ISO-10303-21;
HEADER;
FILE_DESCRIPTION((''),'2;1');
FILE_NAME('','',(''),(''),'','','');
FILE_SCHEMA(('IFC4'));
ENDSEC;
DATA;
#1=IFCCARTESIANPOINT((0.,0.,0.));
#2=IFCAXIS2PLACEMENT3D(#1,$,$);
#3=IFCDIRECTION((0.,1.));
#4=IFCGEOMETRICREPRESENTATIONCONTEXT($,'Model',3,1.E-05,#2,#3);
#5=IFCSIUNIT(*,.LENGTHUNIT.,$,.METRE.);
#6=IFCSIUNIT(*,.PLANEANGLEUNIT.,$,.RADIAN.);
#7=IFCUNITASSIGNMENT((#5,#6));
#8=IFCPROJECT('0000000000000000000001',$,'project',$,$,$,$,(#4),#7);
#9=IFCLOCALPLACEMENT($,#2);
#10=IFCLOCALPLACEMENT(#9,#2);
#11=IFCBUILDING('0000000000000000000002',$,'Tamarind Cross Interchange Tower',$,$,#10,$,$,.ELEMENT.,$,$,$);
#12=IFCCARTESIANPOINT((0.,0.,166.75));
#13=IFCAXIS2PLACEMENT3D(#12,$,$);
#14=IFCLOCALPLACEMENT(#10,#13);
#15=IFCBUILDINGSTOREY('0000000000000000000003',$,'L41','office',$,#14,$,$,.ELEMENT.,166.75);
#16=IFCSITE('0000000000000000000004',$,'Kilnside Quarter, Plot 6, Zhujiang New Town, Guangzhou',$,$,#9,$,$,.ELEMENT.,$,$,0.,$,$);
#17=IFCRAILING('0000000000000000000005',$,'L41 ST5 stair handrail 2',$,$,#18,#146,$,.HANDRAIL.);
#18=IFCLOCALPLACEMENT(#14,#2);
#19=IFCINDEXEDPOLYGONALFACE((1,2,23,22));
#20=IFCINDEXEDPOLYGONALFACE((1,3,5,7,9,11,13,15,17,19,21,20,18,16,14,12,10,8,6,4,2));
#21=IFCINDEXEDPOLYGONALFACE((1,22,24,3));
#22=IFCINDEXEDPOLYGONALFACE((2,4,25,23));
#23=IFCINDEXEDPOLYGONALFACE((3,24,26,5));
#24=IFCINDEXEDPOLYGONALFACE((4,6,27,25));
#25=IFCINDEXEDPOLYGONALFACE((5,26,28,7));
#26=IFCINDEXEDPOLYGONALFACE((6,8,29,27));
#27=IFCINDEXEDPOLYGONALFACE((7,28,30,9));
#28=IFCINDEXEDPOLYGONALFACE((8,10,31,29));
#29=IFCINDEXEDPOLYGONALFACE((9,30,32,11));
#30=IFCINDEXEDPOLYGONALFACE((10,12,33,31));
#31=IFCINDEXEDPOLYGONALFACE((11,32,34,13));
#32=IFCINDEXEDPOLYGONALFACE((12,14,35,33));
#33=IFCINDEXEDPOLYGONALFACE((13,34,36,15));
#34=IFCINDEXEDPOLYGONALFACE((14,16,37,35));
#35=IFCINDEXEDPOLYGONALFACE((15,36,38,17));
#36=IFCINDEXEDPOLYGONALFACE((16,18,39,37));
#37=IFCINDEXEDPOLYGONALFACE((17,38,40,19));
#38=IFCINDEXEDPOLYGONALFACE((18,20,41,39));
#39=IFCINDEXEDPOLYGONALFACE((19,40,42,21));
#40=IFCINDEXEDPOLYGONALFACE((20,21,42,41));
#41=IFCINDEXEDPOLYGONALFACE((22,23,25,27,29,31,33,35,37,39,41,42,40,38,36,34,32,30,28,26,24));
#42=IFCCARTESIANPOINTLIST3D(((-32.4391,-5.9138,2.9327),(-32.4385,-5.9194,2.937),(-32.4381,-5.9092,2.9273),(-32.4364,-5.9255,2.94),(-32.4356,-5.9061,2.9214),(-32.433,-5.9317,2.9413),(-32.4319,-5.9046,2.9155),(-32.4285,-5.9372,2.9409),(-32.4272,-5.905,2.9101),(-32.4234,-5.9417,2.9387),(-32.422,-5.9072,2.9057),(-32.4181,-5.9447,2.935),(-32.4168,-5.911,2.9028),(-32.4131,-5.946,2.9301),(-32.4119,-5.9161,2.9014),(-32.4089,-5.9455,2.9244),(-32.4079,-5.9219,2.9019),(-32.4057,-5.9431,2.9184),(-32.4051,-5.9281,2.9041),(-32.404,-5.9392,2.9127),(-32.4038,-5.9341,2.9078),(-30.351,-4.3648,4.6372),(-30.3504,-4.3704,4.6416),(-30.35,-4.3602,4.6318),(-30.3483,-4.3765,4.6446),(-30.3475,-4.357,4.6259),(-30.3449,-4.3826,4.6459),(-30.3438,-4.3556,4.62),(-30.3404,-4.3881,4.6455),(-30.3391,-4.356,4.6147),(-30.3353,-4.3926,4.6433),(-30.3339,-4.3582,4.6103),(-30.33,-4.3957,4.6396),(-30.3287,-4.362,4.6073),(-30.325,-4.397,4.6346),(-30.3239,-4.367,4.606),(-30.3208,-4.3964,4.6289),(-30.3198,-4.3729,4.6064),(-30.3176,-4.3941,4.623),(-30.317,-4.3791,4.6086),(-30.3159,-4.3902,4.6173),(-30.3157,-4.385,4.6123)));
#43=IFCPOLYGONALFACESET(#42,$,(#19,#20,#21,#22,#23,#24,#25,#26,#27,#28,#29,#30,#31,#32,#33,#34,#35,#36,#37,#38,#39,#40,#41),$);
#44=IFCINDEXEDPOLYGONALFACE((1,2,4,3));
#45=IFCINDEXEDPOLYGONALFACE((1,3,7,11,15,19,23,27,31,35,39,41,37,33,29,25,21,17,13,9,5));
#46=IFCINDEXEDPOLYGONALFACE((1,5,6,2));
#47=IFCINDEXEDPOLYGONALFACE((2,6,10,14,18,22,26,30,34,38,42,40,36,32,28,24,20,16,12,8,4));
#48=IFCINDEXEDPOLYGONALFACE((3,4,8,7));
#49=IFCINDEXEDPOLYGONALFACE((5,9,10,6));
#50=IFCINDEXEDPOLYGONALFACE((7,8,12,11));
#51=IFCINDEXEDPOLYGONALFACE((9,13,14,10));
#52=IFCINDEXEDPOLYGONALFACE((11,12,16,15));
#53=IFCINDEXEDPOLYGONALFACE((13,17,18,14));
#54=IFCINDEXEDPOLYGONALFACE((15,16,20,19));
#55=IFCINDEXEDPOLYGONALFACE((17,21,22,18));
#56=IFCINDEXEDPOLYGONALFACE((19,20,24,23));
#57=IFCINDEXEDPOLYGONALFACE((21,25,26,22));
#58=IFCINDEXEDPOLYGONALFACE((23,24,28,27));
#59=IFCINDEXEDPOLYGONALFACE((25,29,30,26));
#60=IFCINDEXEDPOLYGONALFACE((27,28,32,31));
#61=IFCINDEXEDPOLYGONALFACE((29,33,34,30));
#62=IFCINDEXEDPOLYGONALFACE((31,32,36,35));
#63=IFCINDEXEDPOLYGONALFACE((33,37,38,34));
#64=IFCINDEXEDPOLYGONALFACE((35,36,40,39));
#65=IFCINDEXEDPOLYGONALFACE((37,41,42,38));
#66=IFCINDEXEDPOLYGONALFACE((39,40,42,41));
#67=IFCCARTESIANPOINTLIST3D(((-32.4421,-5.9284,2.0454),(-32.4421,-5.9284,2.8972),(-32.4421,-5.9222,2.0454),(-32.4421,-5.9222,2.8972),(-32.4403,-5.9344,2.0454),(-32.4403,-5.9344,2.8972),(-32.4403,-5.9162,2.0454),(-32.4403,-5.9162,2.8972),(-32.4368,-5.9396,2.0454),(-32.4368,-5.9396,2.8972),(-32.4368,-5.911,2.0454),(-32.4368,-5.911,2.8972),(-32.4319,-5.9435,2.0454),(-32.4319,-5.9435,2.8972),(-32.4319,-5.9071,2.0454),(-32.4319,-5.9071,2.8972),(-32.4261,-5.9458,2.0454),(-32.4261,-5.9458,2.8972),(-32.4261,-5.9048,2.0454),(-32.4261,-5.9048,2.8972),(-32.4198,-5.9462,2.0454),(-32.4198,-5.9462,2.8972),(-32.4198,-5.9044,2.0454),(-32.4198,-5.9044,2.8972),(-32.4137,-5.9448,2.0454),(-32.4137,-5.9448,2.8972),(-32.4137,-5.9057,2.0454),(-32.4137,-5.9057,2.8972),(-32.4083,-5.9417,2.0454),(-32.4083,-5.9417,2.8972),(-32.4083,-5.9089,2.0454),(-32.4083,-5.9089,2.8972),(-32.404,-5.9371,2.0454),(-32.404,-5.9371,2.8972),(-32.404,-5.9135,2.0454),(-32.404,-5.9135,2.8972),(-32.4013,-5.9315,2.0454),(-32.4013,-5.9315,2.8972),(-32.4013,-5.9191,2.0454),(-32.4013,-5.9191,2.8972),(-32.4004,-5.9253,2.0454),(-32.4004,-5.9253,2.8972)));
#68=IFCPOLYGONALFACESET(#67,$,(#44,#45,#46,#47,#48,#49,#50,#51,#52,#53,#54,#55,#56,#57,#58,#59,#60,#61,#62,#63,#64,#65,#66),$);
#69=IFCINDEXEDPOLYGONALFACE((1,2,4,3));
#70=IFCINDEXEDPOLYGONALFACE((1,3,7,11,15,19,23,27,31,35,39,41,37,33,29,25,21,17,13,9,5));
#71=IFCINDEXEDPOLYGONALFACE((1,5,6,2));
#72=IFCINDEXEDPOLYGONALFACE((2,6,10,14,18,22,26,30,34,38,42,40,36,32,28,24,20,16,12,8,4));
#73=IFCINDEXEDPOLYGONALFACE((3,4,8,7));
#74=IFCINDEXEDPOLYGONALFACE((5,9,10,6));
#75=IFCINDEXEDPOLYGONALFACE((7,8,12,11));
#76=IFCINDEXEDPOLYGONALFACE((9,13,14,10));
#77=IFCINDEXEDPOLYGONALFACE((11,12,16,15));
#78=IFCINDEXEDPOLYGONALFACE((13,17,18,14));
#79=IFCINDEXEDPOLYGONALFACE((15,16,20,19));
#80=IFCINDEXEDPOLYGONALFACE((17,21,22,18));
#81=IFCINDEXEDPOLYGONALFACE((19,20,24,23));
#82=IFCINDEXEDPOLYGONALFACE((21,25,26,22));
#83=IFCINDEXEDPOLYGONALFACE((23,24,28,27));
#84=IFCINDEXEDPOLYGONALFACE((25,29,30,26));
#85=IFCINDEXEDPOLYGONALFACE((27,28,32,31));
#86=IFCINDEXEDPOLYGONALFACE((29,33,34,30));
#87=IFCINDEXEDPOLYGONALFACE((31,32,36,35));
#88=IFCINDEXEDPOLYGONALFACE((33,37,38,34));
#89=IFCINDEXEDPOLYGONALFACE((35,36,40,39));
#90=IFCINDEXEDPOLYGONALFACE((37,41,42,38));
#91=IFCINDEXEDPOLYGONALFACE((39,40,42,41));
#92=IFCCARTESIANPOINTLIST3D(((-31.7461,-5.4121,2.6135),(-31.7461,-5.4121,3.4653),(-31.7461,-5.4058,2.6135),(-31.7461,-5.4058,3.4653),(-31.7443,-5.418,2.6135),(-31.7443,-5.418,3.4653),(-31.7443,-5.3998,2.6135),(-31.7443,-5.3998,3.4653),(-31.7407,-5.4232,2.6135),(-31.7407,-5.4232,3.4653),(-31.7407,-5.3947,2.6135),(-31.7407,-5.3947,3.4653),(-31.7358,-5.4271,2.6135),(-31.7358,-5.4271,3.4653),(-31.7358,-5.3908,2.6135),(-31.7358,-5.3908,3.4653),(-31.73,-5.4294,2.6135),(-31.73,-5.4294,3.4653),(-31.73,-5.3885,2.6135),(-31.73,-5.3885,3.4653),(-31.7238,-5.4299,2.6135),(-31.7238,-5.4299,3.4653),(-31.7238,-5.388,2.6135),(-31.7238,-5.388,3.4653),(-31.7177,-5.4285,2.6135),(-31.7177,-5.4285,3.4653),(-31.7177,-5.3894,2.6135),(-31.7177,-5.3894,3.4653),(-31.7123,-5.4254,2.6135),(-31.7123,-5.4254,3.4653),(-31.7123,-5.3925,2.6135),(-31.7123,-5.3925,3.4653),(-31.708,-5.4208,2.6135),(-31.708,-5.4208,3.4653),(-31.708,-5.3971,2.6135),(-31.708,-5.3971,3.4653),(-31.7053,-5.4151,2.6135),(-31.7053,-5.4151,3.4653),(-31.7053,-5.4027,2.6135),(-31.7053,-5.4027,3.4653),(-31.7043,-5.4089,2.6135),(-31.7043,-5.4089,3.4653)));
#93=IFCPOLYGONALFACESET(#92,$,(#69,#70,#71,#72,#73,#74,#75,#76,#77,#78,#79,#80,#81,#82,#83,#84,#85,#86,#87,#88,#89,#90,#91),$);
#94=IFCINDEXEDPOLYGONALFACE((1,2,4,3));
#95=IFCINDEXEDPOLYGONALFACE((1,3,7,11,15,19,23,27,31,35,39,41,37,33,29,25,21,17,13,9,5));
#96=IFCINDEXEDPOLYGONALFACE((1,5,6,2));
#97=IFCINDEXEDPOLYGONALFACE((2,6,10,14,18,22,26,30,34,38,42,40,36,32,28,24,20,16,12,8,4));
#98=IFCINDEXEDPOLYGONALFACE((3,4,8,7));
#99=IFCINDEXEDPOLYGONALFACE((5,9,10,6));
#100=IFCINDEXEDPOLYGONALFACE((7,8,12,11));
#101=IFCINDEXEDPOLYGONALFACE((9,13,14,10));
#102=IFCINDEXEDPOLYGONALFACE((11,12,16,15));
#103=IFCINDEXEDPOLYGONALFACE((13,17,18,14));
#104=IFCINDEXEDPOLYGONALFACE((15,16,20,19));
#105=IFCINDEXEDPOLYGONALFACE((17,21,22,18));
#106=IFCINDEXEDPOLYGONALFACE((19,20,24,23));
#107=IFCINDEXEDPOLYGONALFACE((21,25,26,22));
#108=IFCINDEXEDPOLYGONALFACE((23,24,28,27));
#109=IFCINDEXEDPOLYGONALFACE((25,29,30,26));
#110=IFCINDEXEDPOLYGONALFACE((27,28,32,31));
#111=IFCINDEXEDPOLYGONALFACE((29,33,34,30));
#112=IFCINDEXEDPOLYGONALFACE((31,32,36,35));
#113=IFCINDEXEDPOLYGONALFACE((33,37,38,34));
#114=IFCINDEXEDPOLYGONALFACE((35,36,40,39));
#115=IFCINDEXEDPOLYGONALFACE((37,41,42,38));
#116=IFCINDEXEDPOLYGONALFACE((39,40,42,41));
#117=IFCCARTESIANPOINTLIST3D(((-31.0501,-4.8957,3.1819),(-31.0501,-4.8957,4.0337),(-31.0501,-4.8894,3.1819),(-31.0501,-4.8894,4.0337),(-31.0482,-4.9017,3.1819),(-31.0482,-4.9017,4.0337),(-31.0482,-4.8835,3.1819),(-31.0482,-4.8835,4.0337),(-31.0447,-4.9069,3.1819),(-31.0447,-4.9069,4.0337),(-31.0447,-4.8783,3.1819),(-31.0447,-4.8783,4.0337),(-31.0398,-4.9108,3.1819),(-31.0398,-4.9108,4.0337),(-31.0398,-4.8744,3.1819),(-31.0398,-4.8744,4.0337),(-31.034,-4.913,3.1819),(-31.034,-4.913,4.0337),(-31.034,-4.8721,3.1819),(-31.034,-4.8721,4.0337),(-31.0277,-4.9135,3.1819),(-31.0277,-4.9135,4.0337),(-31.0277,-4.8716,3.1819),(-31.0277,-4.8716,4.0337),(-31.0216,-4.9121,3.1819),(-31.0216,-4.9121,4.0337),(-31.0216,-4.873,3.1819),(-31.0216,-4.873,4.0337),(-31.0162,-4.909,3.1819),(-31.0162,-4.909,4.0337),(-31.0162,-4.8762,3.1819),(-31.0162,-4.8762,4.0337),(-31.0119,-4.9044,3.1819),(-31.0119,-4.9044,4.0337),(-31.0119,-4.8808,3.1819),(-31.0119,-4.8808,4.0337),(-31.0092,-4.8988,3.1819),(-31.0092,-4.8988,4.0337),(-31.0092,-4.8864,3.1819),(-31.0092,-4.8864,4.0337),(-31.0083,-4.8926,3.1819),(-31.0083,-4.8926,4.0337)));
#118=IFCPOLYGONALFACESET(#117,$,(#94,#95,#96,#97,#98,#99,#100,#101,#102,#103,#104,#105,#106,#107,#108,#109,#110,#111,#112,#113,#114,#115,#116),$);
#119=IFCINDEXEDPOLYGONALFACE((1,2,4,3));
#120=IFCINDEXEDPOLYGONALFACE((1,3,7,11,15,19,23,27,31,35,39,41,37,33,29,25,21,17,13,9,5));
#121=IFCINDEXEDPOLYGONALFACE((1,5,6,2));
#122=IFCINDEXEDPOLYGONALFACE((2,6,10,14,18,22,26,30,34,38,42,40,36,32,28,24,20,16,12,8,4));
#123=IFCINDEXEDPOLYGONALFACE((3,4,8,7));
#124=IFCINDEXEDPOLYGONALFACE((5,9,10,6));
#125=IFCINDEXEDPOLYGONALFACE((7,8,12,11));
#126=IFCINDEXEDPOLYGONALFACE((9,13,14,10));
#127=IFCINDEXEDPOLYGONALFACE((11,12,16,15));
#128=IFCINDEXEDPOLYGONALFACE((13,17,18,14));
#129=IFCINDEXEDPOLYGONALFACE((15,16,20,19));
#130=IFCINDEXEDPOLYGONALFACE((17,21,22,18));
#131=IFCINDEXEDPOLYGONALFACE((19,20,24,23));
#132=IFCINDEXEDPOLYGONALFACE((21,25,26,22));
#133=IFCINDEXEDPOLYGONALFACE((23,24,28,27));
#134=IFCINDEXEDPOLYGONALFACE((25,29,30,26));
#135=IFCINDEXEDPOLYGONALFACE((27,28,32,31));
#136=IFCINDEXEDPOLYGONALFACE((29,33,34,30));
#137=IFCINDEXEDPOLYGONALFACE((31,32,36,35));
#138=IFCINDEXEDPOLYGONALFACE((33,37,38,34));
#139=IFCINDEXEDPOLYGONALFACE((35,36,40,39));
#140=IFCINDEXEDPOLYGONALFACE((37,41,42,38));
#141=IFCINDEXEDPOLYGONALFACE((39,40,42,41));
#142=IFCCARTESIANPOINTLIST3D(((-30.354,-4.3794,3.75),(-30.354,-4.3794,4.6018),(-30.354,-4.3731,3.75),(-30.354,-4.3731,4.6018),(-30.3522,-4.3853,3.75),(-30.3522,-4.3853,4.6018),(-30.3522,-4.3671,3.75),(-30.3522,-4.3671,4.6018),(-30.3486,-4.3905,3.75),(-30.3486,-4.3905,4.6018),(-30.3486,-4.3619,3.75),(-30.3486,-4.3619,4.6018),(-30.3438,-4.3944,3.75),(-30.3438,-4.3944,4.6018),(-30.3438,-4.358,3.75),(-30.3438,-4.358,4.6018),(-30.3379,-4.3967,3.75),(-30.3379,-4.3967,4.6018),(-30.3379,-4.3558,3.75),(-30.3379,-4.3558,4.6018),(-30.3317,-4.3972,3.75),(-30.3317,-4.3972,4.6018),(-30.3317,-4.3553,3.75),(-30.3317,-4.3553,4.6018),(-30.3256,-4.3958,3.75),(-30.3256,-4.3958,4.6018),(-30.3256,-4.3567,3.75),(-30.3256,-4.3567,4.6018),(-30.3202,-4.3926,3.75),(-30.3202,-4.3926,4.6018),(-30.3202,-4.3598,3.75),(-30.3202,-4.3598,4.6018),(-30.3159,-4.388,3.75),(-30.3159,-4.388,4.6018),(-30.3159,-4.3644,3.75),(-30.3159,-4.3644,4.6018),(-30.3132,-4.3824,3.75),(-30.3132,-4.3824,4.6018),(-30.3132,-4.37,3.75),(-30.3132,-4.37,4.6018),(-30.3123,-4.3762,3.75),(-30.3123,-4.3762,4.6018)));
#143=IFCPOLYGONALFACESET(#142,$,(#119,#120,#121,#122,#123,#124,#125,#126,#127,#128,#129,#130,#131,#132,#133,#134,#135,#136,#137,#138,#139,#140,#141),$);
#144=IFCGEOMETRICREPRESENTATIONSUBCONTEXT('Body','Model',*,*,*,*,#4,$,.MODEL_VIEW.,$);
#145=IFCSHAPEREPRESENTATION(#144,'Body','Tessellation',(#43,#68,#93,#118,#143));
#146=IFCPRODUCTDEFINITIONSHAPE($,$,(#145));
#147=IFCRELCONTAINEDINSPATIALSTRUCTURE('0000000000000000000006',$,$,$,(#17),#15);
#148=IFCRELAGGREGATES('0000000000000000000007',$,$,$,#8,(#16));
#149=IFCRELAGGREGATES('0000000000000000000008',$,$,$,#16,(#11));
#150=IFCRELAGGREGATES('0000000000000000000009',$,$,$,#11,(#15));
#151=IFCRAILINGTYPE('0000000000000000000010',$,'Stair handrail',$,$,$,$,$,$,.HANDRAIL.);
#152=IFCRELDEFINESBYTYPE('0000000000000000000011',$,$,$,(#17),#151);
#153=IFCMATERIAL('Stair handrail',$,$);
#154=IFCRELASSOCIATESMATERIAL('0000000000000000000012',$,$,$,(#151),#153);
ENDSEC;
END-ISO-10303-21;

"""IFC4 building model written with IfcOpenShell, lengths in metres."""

from ifc_helpers import new_model, si_unit, direction, frame, origin, origin_2d, place, context, subcontext, project, spatial, circle, extrude, material, type_object, element, save


model = new_model("IFC4")

# Units and contexts
model_context = context("Model", 3, precision=1e-05, world=origin(), true_north=direction((0.0, 1.0)))
body_context = subcontext(model_context, "Body", "Model", "MODEL_VIEW")
ifc_project = project(units=[si_unit("LENGTHUNIT", "METRE"), si_unit("PLANEANGLEUNIT", "RADIAN")], contexts=[model_context])

# Site, building, storey
site_placement = place(None, origin())
site = spatial("IfcSite", under=ifc_project, at=site_placement, Name="Kilnside Quarter, Plot 6, Zhujiang New Town, Guangzhou", CompositionType="ELEMENT", RefElevation=0.0)
building_placement = place(site_placement, origin())
building = spatial("IfcBuilding", under=site, at=building_placement, Name="Tamarind Cross Interchange Tower", CompositionType="ELEMENT")
storey_placement = place(building_placement, frame((0.0, 0.0, 166.75)))
storey = spatial("IfcBuildingStorey", under=building, at=storey_placement, Name="L41", Description="office", CompositionType="ELEMENT", Elevation=166.75)

# Railing
ifc_material_1 = material(Name="Stair handrail")
railing_type_1 = type_object("IfcRailingType", Name="Stair handrail", PredefinedType="HANDRAIL", material=ifc_material_1)
railing_1_placement = place(storey_placement, frame((-32.4214, -5.9253, 2.0454)))
element("IfcRailing", 1, at=railing_1_placement, inside=storey, type_object=railing_type_1, Name="L41 ST5 stair handrail 2", PredefinedType="HANDRAIL", context=body_context, shape_type="SweptSolid", body=[
    extrude(circle(Radius=0.0239, at=origin_2d()), frame((0.0, 0.0, 0.876), z_axis=(0.671653, 0.498263, 0.548285), x_axis=(-0.5958, 0.803133, 0.0)), (0.0, 0.0, 1.0), 3.1089),
    extrude(circle(Radius=0.021, at=origin_2d()), origin(), (0.0, 0.0, 1.0), 0.8518),
    extrude(circle(Radius=0.021, at=origin_2d()), frame((0.696, 0.5164, 0.5681)), (0.0, 0.0, 1.0), 0.8518),
    extrude(circle(Radius=0.021, at=origin_2d()), frame((1.3921, 1.0327, 1.1365)), (0.0, 0.0, 1.0), 0.8518),
    extrude(circle(Radius=0.021, at=origin_2d()), frame((2.0881, 1.5491, 1.7046)), (0.0, 0.0, 1.0), 0.8518),
])

save(model, "model.ifc")
